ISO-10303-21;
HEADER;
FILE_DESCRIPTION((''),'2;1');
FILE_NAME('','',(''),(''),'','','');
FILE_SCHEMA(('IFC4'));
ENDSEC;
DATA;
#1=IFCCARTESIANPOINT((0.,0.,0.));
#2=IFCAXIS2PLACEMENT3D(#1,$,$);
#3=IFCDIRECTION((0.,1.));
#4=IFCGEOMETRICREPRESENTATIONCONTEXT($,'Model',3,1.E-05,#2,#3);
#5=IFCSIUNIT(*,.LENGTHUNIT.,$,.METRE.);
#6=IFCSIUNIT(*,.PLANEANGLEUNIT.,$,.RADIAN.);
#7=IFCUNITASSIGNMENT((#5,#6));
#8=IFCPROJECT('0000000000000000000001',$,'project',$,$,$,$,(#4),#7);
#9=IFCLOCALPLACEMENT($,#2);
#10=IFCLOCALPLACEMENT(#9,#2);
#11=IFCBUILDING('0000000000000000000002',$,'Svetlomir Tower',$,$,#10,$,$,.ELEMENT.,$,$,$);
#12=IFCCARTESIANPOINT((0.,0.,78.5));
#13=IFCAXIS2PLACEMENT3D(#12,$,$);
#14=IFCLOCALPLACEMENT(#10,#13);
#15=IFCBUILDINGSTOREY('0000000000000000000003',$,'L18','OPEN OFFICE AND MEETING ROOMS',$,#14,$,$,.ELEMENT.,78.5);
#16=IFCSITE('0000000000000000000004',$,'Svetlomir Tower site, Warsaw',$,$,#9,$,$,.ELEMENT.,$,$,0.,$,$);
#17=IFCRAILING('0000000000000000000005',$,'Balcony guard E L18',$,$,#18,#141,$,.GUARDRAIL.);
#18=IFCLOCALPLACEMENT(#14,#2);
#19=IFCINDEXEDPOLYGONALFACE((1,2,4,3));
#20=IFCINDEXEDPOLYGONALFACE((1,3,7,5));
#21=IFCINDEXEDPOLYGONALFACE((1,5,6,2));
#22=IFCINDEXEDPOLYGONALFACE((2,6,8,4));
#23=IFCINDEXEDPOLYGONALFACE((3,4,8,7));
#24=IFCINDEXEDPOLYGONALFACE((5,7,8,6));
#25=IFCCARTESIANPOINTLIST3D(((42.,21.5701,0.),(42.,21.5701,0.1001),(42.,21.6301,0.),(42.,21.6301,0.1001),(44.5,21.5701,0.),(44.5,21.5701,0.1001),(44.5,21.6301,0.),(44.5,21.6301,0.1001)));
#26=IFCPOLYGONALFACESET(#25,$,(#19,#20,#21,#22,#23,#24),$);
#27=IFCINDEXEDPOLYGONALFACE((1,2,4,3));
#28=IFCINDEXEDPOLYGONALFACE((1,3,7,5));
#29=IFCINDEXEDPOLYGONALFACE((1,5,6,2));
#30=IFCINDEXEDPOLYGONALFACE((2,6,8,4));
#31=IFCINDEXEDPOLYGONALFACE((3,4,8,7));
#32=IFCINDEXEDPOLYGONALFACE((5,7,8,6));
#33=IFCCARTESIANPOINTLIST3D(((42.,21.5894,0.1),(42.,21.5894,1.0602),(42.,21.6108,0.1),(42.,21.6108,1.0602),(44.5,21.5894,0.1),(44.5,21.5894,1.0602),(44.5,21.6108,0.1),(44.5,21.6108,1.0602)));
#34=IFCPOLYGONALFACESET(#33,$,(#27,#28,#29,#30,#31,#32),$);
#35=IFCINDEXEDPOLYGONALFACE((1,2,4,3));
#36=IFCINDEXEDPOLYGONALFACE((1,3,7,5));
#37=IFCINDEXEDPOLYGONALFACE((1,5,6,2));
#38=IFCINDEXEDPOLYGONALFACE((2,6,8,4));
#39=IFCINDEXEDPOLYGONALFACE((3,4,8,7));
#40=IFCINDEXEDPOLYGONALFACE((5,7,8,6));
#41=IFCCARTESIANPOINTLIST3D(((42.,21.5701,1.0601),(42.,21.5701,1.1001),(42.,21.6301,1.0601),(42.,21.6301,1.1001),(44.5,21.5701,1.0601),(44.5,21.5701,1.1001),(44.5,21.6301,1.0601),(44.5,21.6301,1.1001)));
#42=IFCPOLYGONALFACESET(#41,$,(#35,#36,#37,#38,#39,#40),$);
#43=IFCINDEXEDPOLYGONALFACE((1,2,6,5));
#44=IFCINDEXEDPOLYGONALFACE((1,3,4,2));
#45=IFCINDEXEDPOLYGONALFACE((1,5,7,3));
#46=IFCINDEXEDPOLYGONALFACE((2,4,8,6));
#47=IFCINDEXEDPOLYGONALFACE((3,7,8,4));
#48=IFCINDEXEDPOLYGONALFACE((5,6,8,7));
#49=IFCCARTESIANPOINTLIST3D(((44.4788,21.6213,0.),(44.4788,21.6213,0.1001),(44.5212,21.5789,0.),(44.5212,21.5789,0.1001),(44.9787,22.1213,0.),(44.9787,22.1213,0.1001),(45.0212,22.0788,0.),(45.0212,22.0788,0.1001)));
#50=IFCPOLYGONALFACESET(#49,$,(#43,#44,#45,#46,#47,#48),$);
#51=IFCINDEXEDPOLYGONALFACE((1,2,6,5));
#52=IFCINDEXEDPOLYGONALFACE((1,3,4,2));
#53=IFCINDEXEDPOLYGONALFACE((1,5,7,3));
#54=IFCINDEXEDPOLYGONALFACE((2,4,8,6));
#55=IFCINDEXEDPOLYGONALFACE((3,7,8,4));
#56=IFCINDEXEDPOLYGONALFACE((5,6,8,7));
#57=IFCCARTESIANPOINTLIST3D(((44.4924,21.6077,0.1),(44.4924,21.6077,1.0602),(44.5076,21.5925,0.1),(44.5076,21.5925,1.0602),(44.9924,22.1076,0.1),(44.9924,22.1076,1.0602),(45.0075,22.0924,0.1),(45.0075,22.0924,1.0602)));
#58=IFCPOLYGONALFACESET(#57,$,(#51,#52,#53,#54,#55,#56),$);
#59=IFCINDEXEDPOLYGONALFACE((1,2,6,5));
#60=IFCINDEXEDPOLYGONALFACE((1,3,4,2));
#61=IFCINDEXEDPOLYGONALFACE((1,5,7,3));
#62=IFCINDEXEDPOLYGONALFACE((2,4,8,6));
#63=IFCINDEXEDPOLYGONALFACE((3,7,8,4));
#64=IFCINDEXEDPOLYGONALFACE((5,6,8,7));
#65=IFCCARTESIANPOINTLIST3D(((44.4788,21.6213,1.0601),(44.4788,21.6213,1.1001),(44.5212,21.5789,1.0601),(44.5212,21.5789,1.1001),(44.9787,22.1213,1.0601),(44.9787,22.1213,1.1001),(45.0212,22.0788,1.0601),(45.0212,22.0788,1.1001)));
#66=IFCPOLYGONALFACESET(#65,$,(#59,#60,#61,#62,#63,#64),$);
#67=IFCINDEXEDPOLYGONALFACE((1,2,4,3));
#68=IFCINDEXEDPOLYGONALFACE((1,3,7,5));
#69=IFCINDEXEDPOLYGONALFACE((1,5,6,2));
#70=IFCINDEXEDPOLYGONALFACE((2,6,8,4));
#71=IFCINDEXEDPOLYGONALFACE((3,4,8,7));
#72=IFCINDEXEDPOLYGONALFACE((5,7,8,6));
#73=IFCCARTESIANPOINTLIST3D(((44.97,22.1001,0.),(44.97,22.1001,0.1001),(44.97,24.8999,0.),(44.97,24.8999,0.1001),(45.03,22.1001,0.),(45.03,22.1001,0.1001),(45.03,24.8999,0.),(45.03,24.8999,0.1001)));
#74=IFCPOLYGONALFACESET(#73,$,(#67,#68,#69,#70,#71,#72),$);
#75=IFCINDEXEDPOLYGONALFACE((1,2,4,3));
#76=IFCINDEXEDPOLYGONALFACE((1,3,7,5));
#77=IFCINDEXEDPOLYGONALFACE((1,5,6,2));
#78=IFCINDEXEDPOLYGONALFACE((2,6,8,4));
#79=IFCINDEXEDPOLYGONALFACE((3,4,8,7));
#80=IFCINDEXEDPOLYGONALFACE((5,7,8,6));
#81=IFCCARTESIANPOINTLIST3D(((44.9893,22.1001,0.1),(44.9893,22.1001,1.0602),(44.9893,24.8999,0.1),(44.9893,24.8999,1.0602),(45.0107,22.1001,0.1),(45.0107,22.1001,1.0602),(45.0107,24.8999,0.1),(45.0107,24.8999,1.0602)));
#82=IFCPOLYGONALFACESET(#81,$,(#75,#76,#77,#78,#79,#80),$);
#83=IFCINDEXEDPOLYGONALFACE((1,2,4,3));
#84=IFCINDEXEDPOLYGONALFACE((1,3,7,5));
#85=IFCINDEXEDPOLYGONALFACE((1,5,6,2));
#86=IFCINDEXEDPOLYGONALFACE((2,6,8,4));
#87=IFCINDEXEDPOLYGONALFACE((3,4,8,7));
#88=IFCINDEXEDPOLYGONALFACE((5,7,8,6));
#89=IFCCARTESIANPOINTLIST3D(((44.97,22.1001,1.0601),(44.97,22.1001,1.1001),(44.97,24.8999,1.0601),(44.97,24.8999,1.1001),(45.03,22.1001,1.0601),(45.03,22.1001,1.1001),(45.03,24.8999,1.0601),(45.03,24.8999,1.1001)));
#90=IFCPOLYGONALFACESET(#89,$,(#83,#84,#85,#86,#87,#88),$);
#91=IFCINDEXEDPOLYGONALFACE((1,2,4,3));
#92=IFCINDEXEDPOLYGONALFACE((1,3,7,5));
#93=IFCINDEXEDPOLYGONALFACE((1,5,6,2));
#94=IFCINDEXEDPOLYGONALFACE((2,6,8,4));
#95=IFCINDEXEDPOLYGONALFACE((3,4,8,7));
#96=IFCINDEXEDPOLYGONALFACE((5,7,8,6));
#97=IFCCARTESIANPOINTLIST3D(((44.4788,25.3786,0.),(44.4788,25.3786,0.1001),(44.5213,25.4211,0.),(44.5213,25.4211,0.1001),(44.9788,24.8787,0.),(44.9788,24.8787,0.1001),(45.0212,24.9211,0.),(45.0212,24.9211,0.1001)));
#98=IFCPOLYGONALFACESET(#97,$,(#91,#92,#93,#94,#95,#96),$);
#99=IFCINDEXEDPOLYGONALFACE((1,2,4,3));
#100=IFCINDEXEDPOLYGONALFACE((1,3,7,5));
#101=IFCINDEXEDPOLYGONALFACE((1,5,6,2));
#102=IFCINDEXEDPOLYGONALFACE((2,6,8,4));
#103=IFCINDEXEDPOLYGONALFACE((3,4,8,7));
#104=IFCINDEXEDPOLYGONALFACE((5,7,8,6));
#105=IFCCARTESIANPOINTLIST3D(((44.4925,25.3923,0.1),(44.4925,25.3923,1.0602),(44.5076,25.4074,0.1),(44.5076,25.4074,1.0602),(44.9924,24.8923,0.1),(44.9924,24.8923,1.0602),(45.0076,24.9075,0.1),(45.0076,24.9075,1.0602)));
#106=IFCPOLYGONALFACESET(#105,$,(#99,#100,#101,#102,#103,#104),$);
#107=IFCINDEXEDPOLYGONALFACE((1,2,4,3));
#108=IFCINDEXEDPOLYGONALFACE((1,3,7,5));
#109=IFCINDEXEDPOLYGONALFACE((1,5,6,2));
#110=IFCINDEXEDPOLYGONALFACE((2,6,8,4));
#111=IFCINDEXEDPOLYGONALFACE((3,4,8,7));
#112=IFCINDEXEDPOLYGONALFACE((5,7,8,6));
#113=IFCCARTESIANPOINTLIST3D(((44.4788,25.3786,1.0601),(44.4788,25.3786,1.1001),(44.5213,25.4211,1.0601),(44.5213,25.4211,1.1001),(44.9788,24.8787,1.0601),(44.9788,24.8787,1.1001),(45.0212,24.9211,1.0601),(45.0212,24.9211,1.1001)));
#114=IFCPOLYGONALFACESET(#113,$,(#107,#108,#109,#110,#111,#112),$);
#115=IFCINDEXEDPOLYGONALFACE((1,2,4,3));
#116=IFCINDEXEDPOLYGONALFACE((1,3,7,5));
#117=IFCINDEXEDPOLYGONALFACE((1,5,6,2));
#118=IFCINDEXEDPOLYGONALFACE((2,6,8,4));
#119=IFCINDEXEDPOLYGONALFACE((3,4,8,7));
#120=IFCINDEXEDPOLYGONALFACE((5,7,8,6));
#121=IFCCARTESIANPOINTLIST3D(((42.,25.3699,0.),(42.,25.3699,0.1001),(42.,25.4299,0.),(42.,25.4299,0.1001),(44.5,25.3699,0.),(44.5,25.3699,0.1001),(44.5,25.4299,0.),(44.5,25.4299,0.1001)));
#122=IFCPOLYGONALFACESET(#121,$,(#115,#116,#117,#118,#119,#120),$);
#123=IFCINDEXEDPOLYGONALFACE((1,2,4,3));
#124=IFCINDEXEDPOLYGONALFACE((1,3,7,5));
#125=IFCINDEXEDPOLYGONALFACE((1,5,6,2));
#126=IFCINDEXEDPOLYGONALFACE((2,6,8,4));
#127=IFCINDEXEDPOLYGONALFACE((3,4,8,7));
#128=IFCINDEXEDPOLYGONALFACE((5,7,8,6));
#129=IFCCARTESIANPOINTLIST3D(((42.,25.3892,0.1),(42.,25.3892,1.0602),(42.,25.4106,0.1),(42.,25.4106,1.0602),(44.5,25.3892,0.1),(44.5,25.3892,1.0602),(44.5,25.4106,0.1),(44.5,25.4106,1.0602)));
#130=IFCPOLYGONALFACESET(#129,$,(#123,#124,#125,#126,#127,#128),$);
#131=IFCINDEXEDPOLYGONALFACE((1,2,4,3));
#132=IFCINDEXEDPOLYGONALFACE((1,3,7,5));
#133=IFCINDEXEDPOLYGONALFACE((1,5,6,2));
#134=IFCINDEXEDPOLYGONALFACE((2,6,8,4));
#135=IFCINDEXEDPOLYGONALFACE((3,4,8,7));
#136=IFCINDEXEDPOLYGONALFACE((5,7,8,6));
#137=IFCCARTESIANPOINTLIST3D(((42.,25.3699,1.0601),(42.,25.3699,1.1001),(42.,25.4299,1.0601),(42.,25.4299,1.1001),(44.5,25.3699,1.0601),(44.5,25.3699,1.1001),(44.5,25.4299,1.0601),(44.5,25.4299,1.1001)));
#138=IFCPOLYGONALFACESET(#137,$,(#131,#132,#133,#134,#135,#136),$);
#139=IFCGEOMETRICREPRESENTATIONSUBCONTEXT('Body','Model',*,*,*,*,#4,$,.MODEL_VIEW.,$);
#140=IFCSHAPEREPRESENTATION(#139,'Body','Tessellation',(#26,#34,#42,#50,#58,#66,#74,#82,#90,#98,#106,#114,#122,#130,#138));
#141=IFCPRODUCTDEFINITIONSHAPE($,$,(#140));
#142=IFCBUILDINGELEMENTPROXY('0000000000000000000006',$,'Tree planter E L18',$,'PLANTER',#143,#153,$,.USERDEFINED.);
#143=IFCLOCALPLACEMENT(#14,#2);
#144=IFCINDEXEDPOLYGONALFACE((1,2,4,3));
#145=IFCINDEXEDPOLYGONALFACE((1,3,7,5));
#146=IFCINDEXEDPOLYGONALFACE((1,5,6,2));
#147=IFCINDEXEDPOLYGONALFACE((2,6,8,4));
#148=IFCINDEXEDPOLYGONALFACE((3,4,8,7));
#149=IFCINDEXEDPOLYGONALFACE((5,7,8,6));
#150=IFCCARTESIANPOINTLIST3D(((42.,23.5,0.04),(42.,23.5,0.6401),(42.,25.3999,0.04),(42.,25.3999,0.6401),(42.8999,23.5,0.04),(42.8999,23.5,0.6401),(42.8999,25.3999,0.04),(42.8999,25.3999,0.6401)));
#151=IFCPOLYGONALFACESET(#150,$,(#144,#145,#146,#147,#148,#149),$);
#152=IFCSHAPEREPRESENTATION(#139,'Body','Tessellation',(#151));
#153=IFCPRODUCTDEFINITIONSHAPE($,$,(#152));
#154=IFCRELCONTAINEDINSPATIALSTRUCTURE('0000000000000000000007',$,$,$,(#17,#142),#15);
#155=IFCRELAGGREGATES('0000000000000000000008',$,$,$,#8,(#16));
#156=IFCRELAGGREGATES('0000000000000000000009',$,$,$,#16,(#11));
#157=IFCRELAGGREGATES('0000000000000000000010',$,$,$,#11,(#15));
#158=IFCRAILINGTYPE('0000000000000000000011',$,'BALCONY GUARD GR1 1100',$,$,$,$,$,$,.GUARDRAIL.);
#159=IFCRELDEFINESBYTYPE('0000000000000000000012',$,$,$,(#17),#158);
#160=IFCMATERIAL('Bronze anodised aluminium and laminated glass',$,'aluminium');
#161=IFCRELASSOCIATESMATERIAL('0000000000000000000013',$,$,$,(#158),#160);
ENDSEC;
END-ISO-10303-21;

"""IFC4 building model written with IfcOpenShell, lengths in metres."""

from ifc_helpers import new_model, si_unit, direction, frame, origin, origin_2d, place, context, subcontext, project, spatial, rectangle, extrude, material, type_object, element, save


model = new_model("IFC4")

# Units and contexts
model_context = context("Model", 3, precision=1e-05, world=origin(), true_north=direction((0.0, 1.0)))
body_context = subcontext(model_context, "Body", "Model", "MODEL_VIEW")
ifc_project = project(units=[si_unit("LENGTHUNIT", "METRE"), si_unit("PLANEANGLEUNIT", "RADIAN")], contexts=[model_context])

# Site, building, storey
site_placement = place(None, origin())
site = spatial("IfcSite", under=ifc_project, at=site_placement, Name="Svetlomir Tower site, Warsaw", CompositionType="ELEMENT", RefElevation=0.0)
building_placement = place(site_placement, origin())
building = spatial("IfcBuilding", under=site, at=building_placement, Name="Svetlomir Tower", CompositionType="ELEMENT")
storey_placement = place(building_placement, frame((0.0, 0.0, 78.5)))
storey = spatial("IfcBuildingStorey", under=building, at=storey_placement, Name="L18", Description="OPEN OFFICE AND MEETING ROOMS", CompositionType="ELEMENT", Elevation=78.5)

# Railing
ifc_material_1 = material(Name="Bronze anodised aluminium and laminated glass", Category="aluminium")
railing_type = type_object("IfcRailingType", Name="BALCONY GUARD GR1 1100", PredefinedType="GUARDRAIL", material=ifc_material_1)
railing_placement = place(storey_placement, frame((42.0, 21.6001, 0.0)))
element("IfcRailing", 1, at=railing_placement, inside=storey, type_object=railing_type, Name="Balcony guard E L18", PredefinedType="GUARDRAIL", context=body_context, shape_type="SweptSolid", body=[
    extrude(rectangle(XDim=0.0601, YDim=0.1001, at=origin_2d()), frame((0.0, 0.0, 0.05), z_axis=(1.0, 0.0, 0.0), x_axis=(0.0, 1.0, 0.0)), (0.0, 0.0, 1.0), 2.5),
    extrude(rectangle(XDim=0.0215, YDim=0.9602, at=origin_2d()), frame((0.0, 0.0, 0.5801), z_axis=(1.0, 0.0, 0.0), x_axis=(0.0, 1.0, 0.0)), (0.0, 0.0, 1.0), 2.5),
    extrude(rectangle(XDim=0.0601, YDim=0.04, at=origin_2d()), frame((0.0, 0.0, 1.0801), z_axis=(1.0, 0.0, 0.0), x_axis=(0.0, 1.0, 0.0)), (0.0, 0.0, 1.0), 2.5),
    extrude(rectangle(XDim=0.0601, YDim=0.1001, at=origin_2d()), frame((2.5, 0.0, 0.05), z_axis=(0.707107, 0.707107, 0.0), x_axis=(-0.707107, 0.707107, 0.0)), (0.0, 0.0, 1.0), 0.707),
    extrude(rectangle(XDim=0.0215, YDim=0.9602, at=origin_2d()), frame((2.5, 0.0, 0.5801), z_axis=(0.707107, 0.707107, 0.0), x_axis=(-0.707107, 0.707107, 0.0)), (0.0, 0.0, 1.0), 0.707),
    extrude(rectangle(XDim=0.0601, YDim=0.04, at=origin_2d()), frame((2.5, 0.0, 1.0801), z_axis=(0.707107, 0.707107, 0.0), x_axis=(-0.707107, 0.707107, 0.0)), (0.0, 0.0, 1.0), 0.707),
    extrude(rectangle(XDim=0.0601, YDim=0.1001, at=origin_2d()), frame((3.0, 0.5, 0.05), z_axis=(0.0, 1.0, 0.0), x_axis=(-1.0, 0.0, 0.0)), (0.0, 0.0, 1.0), 2.7998),
    extrude(rectangle(XDim=0.0215, YDim=0.9602, at=origin_2d()), frame((3.0, 0.5, 0.5801), z_axis=(0.0, 1.0, 0.0), x_axis=(-1.0, 0.0, 0.0)), (0.0, 0.0, 1.0), 2.7998),
    extrude(rectangle(XDim=0.0601, YDim=0.04, at=origin_2d()), frame((3.0, 0.5, 1.0801), z_axis=(0.0, 1.0, 0.0), x_axis=(-1.0, 0.0, 0.0)), (0.0, 0.0, 1.0), 2.7998),
    extrude(rectangle(XDim=0.0601, YDim=0.1001, at=origin_2d()), frame((3.0, 3.2998, 0.05), z_axis=(-0.707107, 0.707107, 0.0), x_axis=(-0.707107, -0.707107, 0.0)), (0.0, 0.0, 1.0), 0.707),
    extrude(rectangle(XDim=0.0215, YDim=0.9602, at=origin_2d()), frame((3.0, 3.2998, 0.5801), z_axis=(-0.707107, 0.707107, 0.0), x_axis=(-0.707107, -0.707107, 0.0)), (0.0, 0.0, 1.0), 0.707),
    extrude(rectangle(XDim=0.0601, YDim=0.04, at=origin_2d()), frame((3.0, 3.2998, 1.0801), z_axis=(-0.707107, 0.707107, 0.0), x_axis=(-0.707107, -0.707107, 0.0)), (0.0, 0.0, 1.0), 0.707),
    extrude(rectangle(XDim=0.0601, YDim=0.1001, at=origin_2d()), frame((2.5, 3.7998, 0.05), z_axis=(-1.0, 0.0, 0.0), x_axis=(0.0, -1.0, 0.0)), (0.0, 0.0, 1.0), 2.5),
    extrude(rectangle(XDim=0.0215, YDim=0.9602, at=origin_2d()), frame((2.5, 3.7998, 0.5801), z_axis=(-1.0, 0.0, 0.0), x_axis=(0.0, -1.0, 0.0)), (0.0, 0.0, 1.0), 2.5),
    extrude(rectangle(XDim=0.0601, YDim=0.04, at=origin_2d()), frame((2.5, 3.7998, 1.0801), z_axis=(-1.0, 0.0, 0.0), x_axis=(0.0, -1.0, 0.0)), (0.0, 0.0, 1.0), 2.5),
])

# Building element proxy
proxy_placement = place(storey_placement, frame((42.45, 24.45, 0.04), z_axis=(0.0, 0.0, 1.0), x_axis=(1.0, 0.0, 0.0)))
element("IfcBuildingElementProxy", 2, at=proxy_placement, inside=storey, Name="Tree planter E L18", ObjectType="PLANTER", PredefinedType="USERDEFINED", context=body_context, shape_type="SweptSolid", body=[
    extrude(rectangle(XDim=0.8999, YDim=1.8999, at=origin_2d()), origin(), (0.0, 0.0, 1.0), 0.6001),
])

save(model, "model.ifc")
